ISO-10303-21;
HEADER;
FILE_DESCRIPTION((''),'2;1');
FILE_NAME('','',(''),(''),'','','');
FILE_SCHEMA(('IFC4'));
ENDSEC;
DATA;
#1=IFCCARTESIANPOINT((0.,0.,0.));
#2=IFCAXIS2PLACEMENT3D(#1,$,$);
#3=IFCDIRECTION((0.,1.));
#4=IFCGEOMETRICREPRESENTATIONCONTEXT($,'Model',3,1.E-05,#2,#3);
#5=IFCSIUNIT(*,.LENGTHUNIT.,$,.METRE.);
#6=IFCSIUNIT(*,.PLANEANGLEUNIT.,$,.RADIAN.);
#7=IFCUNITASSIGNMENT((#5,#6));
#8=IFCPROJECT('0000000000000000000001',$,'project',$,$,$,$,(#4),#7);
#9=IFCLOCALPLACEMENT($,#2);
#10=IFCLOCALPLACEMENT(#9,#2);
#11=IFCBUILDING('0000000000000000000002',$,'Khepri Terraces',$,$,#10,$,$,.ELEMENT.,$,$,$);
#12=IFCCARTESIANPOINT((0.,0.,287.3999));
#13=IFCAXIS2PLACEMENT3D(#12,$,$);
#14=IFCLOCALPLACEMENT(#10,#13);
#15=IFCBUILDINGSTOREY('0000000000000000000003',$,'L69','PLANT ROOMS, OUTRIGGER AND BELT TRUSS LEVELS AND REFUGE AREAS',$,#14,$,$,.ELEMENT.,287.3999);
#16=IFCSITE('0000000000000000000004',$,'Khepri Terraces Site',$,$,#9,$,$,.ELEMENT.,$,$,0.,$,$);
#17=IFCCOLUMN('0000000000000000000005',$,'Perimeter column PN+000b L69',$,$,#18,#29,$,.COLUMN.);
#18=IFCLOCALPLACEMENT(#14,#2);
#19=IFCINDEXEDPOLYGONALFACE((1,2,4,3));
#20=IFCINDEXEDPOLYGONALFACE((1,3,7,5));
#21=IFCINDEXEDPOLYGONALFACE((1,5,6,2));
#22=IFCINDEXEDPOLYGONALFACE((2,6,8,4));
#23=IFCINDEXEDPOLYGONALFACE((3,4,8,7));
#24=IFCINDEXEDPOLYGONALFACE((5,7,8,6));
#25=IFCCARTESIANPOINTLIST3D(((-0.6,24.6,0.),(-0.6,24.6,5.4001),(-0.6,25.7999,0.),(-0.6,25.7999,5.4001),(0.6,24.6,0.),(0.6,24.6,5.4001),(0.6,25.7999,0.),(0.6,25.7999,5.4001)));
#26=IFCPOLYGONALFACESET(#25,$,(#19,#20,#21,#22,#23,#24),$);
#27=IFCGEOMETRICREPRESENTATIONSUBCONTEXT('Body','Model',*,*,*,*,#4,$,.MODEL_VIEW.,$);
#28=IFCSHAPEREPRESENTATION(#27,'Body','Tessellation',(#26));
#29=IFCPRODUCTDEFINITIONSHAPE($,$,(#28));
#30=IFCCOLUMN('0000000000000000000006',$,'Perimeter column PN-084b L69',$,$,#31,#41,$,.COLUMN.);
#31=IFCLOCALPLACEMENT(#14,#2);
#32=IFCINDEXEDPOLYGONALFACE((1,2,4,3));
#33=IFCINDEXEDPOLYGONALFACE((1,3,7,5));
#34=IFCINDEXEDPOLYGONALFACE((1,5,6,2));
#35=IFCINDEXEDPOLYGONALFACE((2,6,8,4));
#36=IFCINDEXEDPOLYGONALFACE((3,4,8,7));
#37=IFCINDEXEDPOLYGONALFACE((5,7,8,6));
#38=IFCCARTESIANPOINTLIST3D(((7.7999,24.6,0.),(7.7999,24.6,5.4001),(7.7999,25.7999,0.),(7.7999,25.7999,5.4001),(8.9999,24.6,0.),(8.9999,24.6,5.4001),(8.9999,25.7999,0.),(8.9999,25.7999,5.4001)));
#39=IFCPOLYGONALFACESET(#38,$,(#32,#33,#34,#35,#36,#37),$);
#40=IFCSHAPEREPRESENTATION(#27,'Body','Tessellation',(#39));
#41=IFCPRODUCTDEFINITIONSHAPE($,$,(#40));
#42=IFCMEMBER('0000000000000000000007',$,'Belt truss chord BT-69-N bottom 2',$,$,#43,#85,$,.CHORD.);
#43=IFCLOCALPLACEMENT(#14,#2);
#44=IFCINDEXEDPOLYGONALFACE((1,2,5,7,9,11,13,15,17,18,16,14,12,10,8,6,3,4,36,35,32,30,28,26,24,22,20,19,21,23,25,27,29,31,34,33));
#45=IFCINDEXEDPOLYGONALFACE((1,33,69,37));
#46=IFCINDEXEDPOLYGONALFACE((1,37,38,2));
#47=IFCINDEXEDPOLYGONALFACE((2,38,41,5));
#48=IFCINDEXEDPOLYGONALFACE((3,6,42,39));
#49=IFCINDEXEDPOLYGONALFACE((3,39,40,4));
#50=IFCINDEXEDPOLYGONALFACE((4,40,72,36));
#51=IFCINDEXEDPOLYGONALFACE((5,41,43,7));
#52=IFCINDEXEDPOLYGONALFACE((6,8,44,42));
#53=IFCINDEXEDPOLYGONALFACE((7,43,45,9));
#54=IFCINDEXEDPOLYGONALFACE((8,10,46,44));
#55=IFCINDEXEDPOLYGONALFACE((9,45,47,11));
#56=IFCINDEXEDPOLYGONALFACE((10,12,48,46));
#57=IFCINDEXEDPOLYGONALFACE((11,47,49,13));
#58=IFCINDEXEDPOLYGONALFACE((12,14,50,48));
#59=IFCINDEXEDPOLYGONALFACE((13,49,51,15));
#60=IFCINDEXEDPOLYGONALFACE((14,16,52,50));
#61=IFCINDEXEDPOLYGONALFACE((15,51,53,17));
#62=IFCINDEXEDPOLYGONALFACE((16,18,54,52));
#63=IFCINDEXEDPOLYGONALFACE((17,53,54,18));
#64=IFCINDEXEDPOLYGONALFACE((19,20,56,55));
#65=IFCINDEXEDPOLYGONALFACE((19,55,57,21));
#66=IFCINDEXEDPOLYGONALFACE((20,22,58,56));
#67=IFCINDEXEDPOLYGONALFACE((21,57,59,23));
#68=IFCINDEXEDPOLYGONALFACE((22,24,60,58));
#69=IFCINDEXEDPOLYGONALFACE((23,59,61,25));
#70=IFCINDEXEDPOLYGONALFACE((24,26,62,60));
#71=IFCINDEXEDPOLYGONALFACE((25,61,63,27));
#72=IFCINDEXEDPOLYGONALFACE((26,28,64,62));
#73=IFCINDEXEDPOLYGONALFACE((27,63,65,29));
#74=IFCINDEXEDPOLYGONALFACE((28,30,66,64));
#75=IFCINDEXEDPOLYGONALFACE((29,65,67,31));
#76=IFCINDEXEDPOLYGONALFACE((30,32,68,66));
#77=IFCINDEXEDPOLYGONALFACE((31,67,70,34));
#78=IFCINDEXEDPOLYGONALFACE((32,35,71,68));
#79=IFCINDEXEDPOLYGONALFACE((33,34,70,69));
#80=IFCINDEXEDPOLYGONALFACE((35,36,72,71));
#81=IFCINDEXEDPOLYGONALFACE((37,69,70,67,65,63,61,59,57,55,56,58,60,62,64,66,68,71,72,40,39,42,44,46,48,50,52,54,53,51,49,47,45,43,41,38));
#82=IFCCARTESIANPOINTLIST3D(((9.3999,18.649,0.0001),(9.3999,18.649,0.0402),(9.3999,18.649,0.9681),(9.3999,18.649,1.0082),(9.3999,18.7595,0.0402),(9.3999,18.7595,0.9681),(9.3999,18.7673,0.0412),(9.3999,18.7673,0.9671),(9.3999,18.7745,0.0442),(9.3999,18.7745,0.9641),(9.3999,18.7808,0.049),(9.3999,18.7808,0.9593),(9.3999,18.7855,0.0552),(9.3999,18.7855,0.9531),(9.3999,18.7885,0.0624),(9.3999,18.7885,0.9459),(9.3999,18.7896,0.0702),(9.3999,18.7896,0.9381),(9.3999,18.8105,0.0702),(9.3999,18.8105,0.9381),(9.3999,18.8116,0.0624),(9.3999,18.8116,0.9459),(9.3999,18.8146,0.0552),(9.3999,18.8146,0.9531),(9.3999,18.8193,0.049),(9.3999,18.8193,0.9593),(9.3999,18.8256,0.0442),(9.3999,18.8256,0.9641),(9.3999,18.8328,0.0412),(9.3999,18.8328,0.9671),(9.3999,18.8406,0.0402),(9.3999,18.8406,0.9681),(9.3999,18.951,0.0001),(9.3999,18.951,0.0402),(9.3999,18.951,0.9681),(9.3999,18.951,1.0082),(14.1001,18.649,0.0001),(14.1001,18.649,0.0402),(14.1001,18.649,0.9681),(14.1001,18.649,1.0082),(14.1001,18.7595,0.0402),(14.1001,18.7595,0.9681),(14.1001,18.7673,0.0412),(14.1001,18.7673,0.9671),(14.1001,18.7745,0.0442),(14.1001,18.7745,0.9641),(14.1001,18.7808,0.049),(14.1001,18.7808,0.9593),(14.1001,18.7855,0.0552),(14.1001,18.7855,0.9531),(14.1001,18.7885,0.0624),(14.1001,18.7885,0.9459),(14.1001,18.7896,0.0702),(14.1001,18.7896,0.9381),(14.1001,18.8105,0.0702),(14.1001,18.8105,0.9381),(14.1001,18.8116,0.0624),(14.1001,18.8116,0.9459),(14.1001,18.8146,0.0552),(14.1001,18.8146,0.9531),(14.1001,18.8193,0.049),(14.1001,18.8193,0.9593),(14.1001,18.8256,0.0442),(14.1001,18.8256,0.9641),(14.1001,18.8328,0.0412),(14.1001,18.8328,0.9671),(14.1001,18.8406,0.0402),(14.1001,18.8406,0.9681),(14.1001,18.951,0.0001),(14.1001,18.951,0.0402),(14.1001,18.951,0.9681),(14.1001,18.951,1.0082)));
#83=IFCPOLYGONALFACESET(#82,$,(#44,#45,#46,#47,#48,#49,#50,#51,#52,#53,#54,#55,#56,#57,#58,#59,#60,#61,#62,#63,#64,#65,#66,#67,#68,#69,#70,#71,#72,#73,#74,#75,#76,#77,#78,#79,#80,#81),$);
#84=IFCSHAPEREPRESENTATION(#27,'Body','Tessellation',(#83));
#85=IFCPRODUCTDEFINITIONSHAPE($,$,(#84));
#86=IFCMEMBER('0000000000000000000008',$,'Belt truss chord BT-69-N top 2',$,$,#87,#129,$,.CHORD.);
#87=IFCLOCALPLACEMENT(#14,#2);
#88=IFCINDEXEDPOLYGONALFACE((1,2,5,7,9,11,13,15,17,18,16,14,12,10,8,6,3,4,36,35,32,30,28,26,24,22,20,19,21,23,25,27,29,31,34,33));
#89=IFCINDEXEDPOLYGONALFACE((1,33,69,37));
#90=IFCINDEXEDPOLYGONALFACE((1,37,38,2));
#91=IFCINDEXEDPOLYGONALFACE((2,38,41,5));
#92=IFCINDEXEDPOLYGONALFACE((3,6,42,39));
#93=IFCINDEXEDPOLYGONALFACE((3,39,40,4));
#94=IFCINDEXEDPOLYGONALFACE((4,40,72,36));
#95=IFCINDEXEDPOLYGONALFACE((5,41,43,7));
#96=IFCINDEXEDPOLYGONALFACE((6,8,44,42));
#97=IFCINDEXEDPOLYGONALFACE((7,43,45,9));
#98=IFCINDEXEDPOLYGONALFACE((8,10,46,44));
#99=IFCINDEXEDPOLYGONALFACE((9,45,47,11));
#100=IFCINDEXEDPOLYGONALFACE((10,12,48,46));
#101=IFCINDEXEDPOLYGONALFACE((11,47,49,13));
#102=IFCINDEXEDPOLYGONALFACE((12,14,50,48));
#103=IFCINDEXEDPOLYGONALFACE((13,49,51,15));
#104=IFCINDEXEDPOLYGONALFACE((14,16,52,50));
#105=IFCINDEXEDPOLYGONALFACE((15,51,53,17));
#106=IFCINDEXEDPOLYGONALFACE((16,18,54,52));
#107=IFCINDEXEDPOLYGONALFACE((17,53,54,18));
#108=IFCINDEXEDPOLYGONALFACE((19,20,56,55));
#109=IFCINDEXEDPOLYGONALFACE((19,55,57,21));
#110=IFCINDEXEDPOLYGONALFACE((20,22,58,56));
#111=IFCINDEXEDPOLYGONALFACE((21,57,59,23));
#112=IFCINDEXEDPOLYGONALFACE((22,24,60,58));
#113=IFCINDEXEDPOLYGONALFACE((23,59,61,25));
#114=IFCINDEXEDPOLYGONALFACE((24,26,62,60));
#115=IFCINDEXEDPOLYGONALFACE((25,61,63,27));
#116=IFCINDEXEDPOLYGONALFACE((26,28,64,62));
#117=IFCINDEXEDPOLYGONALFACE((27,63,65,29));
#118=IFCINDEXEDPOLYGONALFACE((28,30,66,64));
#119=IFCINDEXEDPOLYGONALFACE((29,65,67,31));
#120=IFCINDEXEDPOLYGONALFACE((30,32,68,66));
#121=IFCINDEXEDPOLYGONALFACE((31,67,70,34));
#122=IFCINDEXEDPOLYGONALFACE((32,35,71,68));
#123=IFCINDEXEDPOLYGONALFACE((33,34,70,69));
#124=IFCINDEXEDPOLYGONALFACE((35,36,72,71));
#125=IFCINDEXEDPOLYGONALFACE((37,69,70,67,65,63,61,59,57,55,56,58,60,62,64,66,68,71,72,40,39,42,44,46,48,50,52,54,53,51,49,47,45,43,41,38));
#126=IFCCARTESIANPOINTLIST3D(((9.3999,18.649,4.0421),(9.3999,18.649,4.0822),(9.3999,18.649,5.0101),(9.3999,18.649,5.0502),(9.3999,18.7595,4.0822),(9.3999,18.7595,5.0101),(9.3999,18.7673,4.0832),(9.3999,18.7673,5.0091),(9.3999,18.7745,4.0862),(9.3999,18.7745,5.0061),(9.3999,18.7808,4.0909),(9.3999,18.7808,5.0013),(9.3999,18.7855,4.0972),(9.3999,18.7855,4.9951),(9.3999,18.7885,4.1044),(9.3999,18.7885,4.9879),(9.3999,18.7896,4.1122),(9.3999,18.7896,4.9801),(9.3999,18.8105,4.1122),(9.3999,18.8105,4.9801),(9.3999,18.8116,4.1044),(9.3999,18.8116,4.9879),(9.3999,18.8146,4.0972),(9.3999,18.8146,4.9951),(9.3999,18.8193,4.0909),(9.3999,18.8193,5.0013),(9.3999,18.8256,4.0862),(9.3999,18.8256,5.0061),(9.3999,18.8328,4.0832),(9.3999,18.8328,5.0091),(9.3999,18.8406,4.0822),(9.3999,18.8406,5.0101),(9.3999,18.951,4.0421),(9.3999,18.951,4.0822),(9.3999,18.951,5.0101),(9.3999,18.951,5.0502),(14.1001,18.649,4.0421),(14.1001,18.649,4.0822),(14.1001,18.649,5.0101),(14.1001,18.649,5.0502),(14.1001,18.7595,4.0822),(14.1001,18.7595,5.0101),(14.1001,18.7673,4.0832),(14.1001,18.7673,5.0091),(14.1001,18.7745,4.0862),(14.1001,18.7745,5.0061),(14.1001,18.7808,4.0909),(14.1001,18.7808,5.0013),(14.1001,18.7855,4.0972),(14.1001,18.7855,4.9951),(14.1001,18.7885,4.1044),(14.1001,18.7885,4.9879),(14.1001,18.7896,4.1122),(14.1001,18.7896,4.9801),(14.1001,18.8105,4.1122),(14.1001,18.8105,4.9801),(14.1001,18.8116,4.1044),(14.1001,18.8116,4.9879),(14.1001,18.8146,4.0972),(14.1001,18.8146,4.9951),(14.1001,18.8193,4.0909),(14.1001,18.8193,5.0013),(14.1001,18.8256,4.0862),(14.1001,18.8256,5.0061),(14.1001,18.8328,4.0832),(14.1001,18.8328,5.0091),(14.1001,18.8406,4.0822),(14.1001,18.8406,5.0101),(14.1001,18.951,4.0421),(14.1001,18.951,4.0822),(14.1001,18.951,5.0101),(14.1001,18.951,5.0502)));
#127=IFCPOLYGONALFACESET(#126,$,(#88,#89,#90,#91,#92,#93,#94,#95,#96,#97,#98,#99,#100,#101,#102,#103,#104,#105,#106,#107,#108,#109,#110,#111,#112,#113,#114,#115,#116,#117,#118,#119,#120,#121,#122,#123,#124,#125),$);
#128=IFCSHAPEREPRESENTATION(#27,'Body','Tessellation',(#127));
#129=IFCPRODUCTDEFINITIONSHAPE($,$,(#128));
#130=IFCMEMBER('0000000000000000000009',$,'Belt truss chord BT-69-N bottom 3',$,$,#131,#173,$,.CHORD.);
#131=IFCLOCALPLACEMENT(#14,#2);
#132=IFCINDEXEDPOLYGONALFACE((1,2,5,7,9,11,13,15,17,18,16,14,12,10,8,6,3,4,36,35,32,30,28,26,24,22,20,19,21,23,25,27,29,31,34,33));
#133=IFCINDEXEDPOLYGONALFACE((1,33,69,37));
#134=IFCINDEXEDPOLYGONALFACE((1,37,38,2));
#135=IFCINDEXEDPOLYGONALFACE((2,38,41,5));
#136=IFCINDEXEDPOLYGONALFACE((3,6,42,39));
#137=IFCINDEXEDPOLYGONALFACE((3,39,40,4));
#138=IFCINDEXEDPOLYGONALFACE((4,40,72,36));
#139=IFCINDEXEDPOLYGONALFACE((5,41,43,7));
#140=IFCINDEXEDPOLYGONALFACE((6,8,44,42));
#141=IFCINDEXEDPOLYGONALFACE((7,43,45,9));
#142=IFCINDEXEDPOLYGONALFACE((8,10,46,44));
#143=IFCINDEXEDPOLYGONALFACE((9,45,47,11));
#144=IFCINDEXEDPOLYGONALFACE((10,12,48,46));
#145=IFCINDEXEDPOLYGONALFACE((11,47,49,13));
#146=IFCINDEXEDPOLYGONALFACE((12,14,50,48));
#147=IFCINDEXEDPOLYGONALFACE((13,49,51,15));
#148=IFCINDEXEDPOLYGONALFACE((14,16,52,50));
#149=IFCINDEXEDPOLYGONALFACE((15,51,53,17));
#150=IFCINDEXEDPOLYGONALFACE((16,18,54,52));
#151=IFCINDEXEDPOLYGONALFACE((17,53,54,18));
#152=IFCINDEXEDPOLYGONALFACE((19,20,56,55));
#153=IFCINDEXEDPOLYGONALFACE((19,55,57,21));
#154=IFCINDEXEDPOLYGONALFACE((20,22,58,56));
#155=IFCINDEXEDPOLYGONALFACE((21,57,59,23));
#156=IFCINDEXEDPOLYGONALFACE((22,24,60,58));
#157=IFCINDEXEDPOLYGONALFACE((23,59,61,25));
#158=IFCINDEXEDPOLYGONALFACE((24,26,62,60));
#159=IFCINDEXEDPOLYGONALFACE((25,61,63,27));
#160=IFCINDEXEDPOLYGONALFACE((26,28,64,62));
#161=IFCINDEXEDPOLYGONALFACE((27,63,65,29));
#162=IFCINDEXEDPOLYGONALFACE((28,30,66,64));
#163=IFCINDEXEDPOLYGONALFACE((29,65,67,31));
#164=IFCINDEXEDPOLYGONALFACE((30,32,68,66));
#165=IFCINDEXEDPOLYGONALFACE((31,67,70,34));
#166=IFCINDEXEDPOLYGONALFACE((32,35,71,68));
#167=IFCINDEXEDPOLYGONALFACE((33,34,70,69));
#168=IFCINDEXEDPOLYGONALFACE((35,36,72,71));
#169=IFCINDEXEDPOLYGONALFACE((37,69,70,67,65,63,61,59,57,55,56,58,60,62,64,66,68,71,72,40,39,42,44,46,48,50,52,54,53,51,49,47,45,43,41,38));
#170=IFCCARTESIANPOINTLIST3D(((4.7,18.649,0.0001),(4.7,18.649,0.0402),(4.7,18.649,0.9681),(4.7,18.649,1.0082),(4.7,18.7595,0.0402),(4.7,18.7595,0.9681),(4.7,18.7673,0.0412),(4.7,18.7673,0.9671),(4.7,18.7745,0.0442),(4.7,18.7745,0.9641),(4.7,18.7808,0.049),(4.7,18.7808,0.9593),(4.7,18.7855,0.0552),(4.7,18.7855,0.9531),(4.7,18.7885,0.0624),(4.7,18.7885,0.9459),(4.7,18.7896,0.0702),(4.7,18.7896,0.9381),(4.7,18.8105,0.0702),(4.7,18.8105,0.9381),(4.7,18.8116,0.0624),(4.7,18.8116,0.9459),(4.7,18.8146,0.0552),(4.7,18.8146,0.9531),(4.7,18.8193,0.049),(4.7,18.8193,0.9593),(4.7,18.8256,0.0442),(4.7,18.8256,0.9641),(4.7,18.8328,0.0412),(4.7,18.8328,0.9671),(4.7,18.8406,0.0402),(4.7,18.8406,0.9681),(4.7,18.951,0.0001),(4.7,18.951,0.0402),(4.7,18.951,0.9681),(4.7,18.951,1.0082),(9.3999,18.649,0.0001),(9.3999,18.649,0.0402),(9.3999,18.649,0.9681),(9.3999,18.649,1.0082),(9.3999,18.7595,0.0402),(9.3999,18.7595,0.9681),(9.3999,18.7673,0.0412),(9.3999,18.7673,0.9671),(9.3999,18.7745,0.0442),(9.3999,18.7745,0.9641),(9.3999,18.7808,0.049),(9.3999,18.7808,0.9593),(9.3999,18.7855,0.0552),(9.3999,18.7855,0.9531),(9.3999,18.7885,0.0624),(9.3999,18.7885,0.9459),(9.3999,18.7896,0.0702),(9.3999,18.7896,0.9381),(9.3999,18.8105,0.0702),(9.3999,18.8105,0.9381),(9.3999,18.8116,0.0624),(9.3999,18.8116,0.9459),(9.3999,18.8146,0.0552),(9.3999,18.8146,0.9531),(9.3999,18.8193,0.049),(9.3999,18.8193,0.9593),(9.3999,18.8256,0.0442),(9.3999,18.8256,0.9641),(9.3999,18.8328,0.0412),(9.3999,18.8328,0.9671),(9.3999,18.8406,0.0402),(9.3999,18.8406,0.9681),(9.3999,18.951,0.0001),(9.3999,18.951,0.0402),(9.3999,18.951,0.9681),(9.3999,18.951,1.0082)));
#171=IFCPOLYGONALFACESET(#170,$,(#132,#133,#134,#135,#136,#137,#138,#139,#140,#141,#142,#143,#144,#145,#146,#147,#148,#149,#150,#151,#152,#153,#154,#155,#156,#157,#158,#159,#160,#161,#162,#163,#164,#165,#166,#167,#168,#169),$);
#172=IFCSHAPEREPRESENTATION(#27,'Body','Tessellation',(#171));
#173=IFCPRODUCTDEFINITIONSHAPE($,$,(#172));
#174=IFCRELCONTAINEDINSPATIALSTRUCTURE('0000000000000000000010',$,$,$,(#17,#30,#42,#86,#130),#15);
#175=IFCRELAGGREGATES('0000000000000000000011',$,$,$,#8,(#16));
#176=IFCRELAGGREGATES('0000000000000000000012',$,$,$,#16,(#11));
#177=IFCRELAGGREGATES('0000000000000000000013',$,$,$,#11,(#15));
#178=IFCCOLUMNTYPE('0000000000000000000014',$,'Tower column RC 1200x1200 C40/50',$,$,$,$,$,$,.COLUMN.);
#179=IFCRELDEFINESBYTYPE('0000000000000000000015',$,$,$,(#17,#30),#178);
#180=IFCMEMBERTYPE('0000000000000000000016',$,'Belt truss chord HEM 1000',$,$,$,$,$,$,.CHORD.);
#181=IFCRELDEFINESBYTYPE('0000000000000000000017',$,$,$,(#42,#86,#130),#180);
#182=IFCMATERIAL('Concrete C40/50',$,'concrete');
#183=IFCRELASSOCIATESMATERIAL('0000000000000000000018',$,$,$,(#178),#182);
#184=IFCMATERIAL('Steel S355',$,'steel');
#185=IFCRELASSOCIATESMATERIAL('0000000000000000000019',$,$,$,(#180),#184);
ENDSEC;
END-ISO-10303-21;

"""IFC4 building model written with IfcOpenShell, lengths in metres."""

from ifc_helpers import new_model, si_unit, direction, frame, origin, origin_2d, place, context, subcontext, project, spatial, rectangle, i_section, extrude, material, material_profile, profile_set, type_object, element, save


model = new_model("IFC4")

# Units and contexts
model_context = context("Model", 3, precision=1e-05, world=origin(), true_north=direction((0.0, 1.0)))
body_context = subcontext(model_context, "Body", "Model", "MODEL_VIEW")
ifc_project = project(units=[si_unit("LENGTHUNIT", "METRE"), si_unit("PLANEANGLEUNIT", "RADIAN")], contexts=[model_context])

# Site, building, storey
site_placement = place(None, origin())
site = spatial("IfcSite", under=ifc_project, at=site_placement, Name="Khepri Terraces Site", CompositionType="ELEMENT", RefElevation=0.0)
building_placement = place(site_placement, origin())
building = spatial("IfcBuilding", under=site, at=building_placement, Name="Khepri Terraces", CompositionType="ELEMENT")
storey_placement = place(building_placement, frame((0.0, 0.0, 287.3999)))
storey = spatial("IfcBuildingStorey", under=building, at=storey_placement, Name="L69", Description="PLANT ROOMS, OUTRIGGER AND BELT TRUSS LEVELS AND REFUGE AREAS", CompositionType="ELEMENT", Elevation=287.3999)

# Columns
ifc_material_1 = material(Name="Concrete C40/50", Category="concrete")
ifc_material_profile_1 = material_profile(ifc_material_1, rectangle(XDim=1.2, YDim=1.2, at=origin_2d()), Name="Concrete C40/50", Category="concrete")
ifc_profile_set_1 = profile_set([ifc_material_profile_1], Name="Concrete C40/50")
column_type = type_object("IfcColumnType", Name="Tower column RC 1200x1200 C40/50", PredefinedType="COLUMN", material=ifc_profile_set_1)
for number, where, z_axis, x_axis, name in (
    (1, (0.0, 25.2, 0.0), (0.0, 0.0, 1.0), (1.0, 0.0, 0.0), "Perimeter column PN+000b L69"),
    (2, (8.3999, 25.2, 0.0), (0.0, 0.0, 1.0), (1.0, 0.0, 0.0), "Perimeter column PN-084b L69"),
):
    element("IfcColumn", number, at=place(storey_placement, frame(where, z_axis=z_axis, x_axis=x_axis)), inside=storey, type_object=column_type, Name=name, PredefinedType="COLUMN", context=body_context, shape_type="SweptSolid", body=[
        extrude(rectangle(XDim=1.2, YDim=1.2, at=origin_2d()), origin(), (0.0, 0.0, 1.0), 5.4001),
    ])

# Members
ifc_material_2 = material(Name="Steel S355", Category="steel")
ifc_material_profile_2 = material_profile(ifc_material_2, i_section(OverallWidth=0.302, OverallDepth=1.0081, WebThickness=0.021, FlangeThickness=0.04, FilletRadius=0.03, at=origin_2d()), Name="Steel S355", Category="steel")
ifc_profile_set_2 = profile_set([ifc_material_profile_2], Name="Steel S355")
member_type_1 = type_object("IfcMemberType", Name="Belt truss chord HEM 1000", PredefinedType="CHORD", material=ifc_profile_set_2)
for number, where, z_axis, x_axis, name in (
    (3, (14.1001, 18.8, 0.5042), (-1.0, 0.0, 0.0), (0.0, -1.0, 0.0), "Belt truss chord BT-69-N bottom 2"),
    (4, (14.1001, 18.8, 4.5461), (-1.0, 0.0, 0.0), (0.0, -1.0, 0.0), "Belt truss chord BT-69-N top 2"),
):
    element("IfcMember", number, at=place(storey_placement, frame(where, z_axis=z_axis, x_axis=x_axis)), inside=storey, type_object=member_type_1, Name=name, PredefinedType="CHORD", context=body_context, shape_type="SweptSolid", body=[
        extrude(i_section(OverallWidth=0.302, OverallDepth=1.0081, WebThickness=0.021, FlangeThickness=0.04, FilletRadius=0.03, at=origin_2d()), origin(), (0.0, 0.0, 1.0), 4.7002),
    ])
for number, where, z_axis, x_axis, name in (
    (5, (9.3999, 18.8, 0.5042), (-1.0, 0.0, 0.0), (0.0, -1.0, 0.0), "Belt truss chord BT-69-N bottom 3"),
):
    element("IfcMember", number, at=place(storey_placement, frame(where, z_axis=z_axis, x_axis=x_axis)), inside=storey, type_object=member_type_1, Name=name, PredefinedType="CHORD", context=body_context, shape_type="SweptSolid", body=[
        extrude(i_section(OverallWidth=0.302, OverallDepth=1.0081, WebThickness=0.021, FlangeThickness=0.04, FilletRadius=0.03, at=origin_2d()), origin(), (0.0, 0.0, 1.0), 4.7),
    ])

save(model, "model.ifc")
